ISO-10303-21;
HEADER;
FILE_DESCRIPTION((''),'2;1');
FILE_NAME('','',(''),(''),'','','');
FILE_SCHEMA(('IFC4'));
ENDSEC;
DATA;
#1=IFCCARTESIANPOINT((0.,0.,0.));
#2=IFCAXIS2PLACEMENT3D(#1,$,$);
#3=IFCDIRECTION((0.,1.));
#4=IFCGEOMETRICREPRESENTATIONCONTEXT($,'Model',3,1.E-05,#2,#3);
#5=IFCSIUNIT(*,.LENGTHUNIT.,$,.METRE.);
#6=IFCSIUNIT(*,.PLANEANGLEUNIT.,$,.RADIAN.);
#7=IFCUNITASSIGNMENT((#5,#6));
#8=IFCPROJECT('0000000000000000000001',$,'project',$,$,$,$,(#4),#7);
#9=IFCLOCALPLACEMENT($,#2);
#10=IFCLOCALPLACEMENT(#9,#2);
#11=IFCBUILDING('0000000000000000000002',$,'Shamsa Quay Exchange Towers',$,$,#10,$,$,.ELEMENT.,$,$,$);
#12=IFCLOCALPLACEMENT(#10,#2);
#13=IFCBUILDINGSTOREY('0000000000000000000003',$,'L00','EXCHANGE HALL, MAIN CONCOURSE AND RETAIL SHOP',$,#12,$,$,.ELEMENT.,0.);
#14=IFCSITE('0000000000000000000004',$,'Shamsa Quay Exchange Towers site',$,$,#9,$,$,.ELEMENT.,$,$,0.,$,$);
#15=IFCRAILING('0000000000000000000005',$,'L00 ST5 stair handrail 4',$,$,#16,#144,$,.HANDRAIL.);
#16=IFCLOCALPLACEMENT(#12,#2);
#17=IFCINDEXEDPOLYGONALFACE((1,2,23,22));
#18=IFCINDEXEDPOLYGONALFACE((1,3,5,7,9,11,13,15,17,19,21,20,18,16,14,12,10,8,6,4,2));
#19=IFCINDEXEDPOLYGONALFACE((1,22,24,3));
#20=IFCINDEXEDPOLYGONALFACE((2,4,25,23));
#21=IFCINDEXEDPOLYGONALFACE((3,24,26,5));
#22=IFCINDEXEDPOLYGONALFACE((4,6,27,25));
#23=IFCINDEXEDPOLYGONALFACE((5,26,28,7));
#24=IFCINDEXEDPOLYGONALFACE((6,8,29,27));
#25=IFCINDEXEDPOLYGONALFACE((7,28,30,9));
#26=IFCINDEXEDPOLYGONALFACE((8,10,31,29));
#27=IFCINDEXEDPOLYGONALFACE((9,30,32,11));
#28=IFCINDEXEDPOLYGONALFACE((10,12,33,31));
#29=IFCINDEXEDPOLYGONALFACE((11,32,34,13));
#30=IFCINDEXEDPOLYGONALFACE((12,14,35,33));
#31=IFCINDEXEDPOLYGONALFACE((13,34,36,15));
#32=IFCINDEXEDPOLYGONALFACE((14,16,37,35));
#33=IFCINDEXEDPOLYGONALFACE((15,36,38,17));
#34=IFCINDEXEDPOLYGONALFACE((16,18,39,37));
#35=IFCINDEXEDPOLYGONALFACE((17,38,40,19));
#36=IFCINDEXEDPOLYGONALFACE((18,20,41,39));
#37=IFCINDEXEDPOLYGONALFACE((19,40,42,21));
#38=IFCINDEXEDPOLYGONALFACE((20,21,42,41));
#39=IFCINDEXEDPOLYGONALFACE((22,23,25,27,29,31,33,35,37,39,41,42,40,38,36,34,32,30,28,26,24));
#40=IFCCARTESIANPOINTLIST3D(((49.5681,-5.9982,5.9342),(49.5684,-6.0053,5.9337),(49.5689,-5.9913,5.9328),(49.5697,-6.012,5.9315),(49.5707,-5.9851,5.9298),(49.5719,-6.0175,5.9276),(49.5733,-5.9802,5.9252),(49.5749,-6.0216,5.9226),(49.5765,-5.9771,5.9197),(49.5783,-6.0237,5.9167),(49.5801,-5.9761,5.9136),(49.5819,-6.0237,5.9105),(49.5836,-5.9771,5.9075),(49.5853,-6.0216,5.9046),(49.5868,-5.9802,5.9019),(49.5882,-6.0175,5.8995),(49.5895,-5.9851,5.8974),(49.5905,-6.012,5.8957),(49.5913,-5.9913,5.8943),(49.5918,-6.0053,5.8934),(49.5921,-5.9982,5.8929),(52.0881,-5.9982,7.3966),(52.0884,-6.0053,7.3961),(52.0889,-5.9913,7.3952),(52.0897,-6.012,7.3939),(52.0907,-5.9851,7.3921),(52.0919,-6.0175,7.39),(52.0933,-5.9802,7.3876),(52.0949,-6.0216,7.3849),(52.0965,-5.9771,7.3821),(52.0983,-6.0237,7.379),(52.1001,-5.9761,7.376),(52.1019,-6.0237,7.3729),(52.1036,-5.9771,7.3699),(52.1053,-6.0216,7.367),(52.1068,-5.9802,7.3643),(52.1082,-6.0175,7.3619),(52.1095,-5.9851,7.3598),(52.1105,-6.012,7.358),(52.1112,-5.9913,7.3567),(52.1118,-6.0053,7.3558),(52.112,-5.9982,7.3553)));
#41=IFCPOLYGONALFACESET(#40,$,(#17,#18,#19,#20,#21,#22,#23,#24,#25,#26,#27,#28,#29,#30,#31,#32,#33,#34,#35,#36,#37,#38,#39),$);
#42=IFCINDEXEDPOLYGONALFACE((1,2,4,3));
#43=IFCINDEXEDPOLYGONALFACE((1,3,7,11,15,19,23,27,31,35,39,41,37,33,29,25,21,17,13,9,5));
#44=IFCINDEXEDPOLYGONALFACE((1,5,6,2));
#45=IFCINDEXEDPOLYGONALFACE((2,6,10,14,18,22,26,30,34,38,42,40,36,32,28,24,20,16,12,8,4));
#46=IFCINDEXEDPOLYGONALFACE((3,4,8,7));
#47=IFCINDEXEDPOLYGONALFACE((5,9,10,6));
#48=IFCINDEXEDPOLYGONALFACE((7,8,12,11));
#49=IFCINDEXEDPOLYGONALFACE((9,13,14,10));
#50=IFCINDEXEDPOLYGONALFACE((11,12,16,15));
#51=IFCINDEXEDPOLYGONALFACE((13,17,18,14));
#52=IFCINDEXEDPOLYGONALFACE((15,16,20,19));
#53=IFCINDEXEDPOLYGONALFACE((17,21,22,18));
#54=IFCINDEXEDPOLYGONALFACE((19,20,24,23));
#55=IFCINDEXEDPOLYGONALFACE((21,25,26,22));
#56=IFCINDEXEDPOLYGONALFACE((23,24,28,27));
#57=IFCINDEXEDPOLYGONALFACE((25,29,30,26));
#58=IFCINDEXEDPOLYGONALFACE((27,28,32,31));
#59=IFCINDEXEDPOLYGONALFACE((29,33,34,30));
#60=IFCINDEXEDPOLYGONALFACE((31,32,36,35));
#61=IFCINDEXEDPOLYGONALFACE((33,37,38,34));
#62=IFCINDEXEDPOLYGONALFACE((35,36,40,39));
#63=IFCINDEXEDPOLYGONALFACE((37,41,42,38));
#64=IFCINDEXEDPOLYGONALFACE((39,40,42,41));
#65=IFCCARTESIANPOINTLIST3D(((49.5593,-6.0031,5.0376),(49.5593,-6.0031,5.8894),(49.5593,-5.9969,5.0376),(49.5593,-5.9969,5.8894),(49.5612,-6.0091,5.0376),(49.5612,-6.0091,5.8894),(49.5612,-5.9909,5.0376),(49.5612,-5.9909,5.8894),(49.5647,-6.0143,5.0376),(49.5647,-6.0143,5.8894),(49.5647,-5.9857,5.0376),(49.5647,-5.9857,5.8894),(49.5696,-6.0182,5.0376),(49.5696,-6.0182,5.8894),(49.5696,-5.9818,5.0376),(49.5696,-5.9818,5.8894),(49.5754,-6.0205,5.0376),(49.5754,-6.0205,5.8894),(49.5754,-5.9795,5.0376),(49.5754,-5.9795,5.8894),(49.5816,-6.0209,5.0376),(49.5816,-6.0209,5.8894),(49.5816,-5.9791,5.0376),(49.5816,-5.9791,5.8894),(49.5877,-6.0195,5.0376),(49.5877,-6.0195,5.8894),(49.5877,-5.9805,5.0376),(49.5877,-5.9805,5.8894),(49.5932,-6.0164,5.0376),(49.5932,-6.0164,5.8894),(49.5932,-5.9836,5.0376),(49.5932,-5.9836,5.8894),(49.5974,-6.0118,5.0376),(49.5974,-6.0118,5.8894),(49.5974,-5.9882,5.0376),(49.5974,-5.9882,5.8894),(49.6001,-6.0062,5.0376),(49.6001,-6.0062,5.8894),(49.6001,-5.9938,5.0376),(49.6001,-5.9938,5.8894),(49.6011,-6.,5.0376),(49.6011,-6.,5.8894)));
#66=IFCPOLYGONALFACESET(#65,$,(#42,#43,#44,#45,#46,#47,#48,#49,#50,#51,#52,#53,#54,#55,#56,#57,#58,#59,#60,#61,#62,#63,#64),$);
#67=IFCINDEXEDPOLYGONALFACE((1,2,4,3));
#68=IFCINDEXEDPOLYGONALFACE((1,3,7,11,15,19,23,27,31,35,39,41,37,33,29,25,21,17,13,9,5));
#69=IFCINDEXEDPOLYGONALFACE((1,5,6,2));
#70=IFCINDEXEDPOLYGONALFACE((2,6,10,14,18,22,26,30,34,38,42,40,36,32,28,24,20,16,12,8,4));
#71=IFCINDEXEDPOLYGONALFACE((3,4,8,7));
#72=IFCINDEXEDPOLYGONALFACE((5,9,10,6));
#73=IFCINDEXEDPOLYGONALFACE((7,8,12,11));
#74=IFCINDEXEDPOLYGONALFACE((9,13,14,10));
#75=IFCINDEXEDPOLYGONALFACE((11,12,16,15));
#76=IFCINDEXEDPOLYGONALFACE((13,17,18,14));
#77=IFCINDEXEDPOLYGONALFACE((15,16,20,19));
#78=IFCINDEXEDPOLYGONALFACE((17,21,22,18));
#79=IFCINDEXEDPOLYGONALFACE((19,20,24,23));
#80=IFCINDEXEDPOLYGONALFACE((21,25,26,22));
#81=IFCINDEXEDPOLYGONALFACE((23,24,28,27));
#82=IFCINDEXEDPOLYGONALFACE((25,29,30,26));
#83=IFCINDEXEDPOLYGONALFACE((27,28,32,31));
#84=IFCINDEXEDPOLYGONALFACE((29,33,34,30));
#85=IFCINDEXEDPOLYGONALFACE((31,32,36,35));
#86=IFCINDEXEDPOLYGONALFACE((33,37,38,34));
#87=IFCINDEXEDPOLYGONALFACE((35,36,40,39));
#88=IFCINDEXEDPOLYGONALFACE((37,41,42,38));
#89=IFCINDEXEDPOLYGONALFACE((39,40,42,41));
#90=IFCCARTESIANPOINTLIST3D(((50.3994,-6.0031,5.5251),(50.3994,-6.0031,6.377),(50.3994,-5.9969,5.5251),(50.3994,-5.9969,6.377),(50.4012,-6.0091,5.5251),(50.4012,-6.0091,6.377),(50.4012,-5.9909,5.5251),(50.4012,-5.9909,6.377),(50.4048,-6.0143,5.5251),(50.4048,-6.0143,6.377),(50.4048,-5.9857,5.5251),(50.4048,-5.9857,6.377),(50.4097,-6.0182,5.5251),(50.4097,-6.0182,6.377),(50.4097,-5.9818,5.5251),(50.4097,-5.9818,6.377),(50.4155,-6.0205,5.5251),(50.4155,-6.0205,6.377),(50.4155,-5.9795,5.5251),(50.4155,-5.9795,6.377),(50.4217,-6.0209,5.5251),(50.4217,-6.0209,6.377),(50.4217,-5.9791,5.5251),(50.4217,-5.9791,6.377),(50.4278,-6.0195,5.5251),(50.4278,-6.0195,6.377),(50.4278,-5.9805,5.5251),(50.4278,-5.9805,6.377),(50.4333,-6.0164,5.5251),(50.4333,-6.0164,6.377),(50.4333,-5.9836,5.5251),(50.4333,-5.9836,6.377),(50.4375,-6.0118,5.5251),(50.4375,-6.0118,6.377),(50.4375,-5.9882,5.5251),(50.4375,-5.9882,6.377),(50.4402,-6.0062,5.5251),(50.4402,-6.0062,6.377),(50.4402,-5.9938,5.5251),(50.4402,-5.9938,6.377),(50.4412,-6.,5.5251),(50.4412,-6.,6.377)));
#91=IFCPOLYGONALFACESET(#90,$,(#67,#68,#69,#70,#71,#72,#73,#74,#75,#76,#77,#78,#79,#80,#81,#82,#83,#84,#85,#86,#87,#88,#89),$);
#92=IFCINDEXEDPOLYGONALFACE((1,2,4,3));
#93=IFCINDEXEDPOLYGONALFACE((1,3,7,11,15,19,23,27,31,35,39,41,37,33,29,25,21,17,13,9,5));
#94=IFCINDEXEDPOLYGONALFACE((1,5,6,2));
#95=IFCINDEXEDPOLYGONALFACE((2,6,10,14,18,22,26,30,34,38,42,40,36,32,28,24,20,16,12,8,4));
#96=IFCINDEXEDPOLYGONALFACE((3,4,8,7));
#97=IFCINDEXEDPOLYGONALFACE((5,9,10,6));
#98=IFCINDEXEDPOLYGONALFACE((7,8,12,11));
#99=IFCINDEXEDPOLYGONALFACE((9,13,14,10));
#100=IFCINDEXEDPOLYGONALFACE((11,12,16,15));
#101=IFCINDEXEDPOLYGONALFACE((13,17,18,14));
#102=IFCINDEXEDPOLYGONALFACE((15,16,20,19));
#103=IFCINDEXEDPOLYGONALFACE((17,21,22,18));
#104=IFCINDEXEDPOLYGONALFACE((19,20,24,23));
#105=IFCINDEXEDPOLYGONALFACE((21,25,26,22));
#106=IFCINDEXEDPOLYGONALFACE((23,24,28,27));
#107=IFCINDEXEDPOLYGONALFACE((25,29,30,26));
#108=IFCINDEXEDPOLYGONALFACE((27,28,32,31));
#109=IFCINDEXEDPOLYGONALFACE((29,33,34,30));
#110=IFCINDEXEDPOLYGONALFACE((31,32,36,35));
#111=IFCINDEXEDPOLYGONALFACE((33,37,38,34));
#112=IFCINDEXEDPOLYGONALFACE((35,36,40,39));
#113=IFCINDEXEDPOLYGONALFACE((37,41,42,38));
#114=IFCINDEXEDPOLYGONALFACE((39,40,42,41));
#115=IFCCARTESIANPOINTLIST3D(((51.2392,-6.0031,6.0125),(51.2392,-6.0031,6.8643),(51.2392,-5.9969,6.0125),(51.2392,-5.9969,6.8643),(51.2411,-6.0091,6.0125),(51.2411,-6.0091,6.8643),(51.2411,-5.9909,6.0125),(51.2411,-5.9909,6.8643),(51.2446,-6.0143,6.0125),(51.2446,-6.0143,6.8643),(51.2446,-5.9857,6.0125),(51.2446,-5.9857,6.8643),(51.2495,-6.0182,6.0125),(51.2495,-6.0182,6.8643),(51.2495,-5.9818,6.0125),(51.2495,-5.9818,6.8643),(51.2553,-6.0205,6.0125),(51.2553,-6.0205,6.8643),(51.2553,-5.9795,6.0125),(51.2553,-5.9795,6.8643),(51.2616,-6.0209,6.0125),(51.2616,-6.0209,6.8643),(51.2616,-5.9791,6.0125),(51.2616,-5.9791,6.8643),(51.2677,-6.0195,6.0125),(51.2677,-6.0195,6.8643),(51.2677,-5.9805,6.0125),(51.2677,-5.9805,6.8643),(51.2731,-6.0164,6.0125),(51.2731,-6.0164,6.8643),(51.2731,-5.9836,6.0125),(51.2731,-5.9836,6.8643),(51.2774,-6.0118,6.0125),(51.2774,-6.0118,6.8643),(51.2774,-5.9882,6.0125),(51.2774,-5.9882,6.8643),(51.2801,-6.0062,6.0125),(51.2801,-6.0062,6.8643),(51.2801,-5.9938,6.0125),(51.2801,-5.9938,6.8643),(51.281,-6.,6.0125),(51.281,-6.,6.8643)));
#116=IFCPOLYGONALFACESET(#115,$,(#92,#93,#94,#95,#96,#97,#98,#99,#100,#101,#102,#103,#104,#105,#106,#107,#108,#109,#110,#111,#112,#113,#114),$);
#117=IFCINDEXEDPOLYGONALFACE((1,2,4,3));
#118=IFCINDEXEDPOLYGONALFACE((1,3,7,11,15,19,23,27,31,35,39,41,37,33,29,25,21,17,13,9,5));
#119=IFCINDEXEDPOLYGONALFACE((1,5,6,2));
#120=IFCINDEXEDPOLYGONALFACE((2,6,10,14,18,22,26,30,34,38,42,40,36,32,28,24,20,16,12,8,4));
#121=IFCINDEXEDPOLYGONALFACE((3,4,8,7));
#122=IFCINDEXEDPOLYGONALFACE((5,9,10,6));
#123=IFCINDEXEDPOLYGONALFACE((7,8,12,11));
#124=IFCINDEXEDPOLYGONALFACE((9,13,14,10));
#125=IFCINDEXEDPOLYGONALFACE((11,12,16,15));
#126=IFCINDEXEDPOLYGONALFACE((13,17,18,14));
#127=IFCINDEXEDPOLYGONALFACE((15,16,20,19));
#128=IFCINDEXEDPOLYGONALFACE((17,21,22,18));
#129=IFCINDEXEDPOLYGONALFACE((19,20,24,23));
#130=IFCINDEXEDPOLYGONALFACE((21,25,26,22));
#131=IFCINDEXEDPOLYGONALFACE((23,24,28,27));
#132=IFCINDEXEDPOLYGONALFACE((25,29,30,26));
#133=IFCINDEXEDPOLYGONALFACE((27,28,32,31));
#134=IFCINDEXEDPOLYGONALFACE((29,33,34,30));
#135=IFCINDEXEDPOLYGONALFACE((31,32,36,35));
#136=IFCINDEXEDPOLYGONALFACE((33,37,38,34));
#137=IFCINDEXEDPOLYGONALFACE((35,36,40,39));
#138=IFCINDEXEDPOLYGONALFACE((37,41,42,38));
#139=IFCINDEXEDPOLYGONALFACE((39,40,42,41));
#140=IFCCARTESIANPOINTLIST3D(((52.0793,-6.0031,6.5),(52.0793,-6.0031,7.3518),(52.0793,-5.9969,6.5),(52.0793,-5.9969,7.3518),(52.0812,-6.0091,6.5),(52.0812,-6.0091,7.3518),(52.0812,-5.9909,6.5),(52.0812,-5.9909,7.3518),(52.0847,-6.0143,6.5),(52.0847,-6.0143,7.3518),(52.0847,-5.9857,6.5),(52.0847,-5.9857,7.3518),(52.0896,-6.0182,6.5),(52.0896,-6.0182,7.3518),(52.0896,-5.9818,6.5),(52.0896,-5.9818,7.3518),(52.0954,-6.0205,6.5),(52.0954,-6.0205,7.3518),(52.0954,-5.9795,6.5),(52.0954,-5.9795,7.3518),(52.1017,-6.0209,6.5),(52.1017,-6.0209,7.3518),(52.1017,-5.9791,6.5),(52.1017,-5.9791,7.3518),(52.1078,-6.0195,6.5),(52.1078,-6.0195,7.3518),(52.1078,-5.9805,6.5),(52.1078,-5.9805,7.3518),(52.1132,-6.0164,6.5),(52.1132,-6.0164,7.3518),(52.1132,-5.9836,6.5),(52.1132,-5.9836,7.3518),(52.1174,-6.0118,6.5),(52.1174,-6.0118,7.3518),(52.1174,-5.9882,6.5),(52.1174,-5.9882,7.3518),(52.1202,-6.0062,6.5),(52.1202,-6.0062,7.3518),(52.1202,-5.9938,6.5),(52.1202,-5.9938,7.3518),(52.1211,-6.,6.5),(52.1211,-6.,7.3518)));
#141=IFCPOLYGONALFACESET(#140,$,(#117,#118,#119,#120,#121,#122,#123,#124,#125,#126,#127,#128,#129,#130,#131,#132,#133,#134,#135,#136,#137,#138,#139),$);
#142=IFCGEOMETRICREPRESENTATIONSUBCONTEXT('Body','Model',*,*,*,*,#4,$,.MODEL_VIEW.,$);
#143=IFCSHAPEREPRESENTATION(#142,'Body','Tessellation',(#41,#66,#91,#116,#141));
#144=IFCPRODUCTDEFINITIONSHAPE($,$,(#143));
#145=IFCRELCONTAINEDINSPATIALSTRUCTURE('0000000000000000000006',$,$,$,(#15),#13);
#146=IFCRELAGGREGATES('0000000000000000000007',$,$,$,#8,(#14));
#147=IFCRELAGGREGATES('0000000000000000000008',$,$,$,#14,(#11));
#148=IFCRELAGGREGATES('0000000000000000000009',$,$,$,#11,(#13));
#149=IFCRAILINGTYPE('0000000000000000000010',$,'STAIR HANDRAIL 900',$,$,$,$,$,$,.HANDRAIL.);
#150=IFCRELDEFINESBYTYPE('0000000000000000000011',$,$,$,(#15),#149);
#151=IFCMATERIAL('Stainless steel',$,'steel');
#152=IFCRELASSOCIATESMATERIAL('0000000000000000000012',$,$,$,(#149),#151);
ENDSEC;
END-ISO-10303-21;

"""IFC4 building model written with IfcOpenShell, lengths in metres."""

from ifc_helpers import new_model, si_unit, direction, frame, origin, origin_2d, place, context, subcontext, project, spatial, circle, extrude, material, type_object, element, save


model = new_model("IFC4")

# Units and contexts
model_context = context("Model", 3, precision=1e-05, world=origin(), true_north=direction((0.0, 1.0)))
body_context = subcontext(model_context, "Body", "Model", "MODEL_VIEW")
ifc_project = project(units=[si_unit("LENGTHUNIT", "METRE"), si_unit("PLANEANGLEUNIT", "RADIAN")], contexts=[model_context])

# Site, building, storey
site_placement = place(None, origin())
site = spatial("IfcSite", under=ifc_project, at=site_placement, Name="Shamsa Quay Exchange Towers site", CompositionType="ELEMENT", RefElevation=0.0)
building_placement = place(site_placement, origin())
building = spatial("IfcBuilding", under=site, at=building_placement, Name="Shamsa Quay Exchange Towers", CompositionType="ELEMENT")
storey_placement = place(building_placement, origin())
storey = spatial("IfcBuildingStorey", under=building, at=storey_placement, Name="L00", Description="EXCHANGE HALL, MAIN CONCOURSE AND RETAIL SHOP", CompositionType="ELEMENT", Elevation=0.0)

# Railing
ifc_material_1 = material(Name="Stainless steel", Category="steel")
railing_type = type_object("IfcRailingType", Name="STAIR HANDRAIL 900", PredefinedType="HANDRAIL", material=ifc_material_1)
for number, where, name in (
    (1, (49.5801, -6.0, 5.0376), "L00 ST5 stair handrail 4"),
):
    element("IfcRailing", number, at=place(storey_placement, frame(where)), inside=storey, type_object=railing_type, Name=name, PredefinedType="HANDRAIL", context=body_context, shape_type="SweptSolid", body=[
        extrude(circle(Radius=0.0239, at=origin_2d()), frame((0.0, 0.0, 0.876), z_axis=(0.864913, 0.0, 0.501921), x_axis=(0.0, 1.0, 0.0)), (0.0, 0.0, 1.0), 2.9136),
        extrude(circle(Radius=0.021, at=origin_2d()), origin(), (0.0, 0.0, 1.0), 0.8518),
        extrude(circle(Radius=0.021, at=origin_2d()), frame((0.8401, 0.0, 0.4875)), (0.0, 0.0, 1.0), 0.8518),
        extrude(circle(Radius=0.021, at=origin_2d()), frame((1.6799, 0.0, 0.9749)), (0.0, 0.0, 1.0), 0.8518),
        extrude(circle(Radius=0.021, at=origin_2d()), frame((2.52, 0.0, 1.4624)), (0.0, 0.0, 1.0), 0.8518),
    ])

save(model, "model.ifc")
